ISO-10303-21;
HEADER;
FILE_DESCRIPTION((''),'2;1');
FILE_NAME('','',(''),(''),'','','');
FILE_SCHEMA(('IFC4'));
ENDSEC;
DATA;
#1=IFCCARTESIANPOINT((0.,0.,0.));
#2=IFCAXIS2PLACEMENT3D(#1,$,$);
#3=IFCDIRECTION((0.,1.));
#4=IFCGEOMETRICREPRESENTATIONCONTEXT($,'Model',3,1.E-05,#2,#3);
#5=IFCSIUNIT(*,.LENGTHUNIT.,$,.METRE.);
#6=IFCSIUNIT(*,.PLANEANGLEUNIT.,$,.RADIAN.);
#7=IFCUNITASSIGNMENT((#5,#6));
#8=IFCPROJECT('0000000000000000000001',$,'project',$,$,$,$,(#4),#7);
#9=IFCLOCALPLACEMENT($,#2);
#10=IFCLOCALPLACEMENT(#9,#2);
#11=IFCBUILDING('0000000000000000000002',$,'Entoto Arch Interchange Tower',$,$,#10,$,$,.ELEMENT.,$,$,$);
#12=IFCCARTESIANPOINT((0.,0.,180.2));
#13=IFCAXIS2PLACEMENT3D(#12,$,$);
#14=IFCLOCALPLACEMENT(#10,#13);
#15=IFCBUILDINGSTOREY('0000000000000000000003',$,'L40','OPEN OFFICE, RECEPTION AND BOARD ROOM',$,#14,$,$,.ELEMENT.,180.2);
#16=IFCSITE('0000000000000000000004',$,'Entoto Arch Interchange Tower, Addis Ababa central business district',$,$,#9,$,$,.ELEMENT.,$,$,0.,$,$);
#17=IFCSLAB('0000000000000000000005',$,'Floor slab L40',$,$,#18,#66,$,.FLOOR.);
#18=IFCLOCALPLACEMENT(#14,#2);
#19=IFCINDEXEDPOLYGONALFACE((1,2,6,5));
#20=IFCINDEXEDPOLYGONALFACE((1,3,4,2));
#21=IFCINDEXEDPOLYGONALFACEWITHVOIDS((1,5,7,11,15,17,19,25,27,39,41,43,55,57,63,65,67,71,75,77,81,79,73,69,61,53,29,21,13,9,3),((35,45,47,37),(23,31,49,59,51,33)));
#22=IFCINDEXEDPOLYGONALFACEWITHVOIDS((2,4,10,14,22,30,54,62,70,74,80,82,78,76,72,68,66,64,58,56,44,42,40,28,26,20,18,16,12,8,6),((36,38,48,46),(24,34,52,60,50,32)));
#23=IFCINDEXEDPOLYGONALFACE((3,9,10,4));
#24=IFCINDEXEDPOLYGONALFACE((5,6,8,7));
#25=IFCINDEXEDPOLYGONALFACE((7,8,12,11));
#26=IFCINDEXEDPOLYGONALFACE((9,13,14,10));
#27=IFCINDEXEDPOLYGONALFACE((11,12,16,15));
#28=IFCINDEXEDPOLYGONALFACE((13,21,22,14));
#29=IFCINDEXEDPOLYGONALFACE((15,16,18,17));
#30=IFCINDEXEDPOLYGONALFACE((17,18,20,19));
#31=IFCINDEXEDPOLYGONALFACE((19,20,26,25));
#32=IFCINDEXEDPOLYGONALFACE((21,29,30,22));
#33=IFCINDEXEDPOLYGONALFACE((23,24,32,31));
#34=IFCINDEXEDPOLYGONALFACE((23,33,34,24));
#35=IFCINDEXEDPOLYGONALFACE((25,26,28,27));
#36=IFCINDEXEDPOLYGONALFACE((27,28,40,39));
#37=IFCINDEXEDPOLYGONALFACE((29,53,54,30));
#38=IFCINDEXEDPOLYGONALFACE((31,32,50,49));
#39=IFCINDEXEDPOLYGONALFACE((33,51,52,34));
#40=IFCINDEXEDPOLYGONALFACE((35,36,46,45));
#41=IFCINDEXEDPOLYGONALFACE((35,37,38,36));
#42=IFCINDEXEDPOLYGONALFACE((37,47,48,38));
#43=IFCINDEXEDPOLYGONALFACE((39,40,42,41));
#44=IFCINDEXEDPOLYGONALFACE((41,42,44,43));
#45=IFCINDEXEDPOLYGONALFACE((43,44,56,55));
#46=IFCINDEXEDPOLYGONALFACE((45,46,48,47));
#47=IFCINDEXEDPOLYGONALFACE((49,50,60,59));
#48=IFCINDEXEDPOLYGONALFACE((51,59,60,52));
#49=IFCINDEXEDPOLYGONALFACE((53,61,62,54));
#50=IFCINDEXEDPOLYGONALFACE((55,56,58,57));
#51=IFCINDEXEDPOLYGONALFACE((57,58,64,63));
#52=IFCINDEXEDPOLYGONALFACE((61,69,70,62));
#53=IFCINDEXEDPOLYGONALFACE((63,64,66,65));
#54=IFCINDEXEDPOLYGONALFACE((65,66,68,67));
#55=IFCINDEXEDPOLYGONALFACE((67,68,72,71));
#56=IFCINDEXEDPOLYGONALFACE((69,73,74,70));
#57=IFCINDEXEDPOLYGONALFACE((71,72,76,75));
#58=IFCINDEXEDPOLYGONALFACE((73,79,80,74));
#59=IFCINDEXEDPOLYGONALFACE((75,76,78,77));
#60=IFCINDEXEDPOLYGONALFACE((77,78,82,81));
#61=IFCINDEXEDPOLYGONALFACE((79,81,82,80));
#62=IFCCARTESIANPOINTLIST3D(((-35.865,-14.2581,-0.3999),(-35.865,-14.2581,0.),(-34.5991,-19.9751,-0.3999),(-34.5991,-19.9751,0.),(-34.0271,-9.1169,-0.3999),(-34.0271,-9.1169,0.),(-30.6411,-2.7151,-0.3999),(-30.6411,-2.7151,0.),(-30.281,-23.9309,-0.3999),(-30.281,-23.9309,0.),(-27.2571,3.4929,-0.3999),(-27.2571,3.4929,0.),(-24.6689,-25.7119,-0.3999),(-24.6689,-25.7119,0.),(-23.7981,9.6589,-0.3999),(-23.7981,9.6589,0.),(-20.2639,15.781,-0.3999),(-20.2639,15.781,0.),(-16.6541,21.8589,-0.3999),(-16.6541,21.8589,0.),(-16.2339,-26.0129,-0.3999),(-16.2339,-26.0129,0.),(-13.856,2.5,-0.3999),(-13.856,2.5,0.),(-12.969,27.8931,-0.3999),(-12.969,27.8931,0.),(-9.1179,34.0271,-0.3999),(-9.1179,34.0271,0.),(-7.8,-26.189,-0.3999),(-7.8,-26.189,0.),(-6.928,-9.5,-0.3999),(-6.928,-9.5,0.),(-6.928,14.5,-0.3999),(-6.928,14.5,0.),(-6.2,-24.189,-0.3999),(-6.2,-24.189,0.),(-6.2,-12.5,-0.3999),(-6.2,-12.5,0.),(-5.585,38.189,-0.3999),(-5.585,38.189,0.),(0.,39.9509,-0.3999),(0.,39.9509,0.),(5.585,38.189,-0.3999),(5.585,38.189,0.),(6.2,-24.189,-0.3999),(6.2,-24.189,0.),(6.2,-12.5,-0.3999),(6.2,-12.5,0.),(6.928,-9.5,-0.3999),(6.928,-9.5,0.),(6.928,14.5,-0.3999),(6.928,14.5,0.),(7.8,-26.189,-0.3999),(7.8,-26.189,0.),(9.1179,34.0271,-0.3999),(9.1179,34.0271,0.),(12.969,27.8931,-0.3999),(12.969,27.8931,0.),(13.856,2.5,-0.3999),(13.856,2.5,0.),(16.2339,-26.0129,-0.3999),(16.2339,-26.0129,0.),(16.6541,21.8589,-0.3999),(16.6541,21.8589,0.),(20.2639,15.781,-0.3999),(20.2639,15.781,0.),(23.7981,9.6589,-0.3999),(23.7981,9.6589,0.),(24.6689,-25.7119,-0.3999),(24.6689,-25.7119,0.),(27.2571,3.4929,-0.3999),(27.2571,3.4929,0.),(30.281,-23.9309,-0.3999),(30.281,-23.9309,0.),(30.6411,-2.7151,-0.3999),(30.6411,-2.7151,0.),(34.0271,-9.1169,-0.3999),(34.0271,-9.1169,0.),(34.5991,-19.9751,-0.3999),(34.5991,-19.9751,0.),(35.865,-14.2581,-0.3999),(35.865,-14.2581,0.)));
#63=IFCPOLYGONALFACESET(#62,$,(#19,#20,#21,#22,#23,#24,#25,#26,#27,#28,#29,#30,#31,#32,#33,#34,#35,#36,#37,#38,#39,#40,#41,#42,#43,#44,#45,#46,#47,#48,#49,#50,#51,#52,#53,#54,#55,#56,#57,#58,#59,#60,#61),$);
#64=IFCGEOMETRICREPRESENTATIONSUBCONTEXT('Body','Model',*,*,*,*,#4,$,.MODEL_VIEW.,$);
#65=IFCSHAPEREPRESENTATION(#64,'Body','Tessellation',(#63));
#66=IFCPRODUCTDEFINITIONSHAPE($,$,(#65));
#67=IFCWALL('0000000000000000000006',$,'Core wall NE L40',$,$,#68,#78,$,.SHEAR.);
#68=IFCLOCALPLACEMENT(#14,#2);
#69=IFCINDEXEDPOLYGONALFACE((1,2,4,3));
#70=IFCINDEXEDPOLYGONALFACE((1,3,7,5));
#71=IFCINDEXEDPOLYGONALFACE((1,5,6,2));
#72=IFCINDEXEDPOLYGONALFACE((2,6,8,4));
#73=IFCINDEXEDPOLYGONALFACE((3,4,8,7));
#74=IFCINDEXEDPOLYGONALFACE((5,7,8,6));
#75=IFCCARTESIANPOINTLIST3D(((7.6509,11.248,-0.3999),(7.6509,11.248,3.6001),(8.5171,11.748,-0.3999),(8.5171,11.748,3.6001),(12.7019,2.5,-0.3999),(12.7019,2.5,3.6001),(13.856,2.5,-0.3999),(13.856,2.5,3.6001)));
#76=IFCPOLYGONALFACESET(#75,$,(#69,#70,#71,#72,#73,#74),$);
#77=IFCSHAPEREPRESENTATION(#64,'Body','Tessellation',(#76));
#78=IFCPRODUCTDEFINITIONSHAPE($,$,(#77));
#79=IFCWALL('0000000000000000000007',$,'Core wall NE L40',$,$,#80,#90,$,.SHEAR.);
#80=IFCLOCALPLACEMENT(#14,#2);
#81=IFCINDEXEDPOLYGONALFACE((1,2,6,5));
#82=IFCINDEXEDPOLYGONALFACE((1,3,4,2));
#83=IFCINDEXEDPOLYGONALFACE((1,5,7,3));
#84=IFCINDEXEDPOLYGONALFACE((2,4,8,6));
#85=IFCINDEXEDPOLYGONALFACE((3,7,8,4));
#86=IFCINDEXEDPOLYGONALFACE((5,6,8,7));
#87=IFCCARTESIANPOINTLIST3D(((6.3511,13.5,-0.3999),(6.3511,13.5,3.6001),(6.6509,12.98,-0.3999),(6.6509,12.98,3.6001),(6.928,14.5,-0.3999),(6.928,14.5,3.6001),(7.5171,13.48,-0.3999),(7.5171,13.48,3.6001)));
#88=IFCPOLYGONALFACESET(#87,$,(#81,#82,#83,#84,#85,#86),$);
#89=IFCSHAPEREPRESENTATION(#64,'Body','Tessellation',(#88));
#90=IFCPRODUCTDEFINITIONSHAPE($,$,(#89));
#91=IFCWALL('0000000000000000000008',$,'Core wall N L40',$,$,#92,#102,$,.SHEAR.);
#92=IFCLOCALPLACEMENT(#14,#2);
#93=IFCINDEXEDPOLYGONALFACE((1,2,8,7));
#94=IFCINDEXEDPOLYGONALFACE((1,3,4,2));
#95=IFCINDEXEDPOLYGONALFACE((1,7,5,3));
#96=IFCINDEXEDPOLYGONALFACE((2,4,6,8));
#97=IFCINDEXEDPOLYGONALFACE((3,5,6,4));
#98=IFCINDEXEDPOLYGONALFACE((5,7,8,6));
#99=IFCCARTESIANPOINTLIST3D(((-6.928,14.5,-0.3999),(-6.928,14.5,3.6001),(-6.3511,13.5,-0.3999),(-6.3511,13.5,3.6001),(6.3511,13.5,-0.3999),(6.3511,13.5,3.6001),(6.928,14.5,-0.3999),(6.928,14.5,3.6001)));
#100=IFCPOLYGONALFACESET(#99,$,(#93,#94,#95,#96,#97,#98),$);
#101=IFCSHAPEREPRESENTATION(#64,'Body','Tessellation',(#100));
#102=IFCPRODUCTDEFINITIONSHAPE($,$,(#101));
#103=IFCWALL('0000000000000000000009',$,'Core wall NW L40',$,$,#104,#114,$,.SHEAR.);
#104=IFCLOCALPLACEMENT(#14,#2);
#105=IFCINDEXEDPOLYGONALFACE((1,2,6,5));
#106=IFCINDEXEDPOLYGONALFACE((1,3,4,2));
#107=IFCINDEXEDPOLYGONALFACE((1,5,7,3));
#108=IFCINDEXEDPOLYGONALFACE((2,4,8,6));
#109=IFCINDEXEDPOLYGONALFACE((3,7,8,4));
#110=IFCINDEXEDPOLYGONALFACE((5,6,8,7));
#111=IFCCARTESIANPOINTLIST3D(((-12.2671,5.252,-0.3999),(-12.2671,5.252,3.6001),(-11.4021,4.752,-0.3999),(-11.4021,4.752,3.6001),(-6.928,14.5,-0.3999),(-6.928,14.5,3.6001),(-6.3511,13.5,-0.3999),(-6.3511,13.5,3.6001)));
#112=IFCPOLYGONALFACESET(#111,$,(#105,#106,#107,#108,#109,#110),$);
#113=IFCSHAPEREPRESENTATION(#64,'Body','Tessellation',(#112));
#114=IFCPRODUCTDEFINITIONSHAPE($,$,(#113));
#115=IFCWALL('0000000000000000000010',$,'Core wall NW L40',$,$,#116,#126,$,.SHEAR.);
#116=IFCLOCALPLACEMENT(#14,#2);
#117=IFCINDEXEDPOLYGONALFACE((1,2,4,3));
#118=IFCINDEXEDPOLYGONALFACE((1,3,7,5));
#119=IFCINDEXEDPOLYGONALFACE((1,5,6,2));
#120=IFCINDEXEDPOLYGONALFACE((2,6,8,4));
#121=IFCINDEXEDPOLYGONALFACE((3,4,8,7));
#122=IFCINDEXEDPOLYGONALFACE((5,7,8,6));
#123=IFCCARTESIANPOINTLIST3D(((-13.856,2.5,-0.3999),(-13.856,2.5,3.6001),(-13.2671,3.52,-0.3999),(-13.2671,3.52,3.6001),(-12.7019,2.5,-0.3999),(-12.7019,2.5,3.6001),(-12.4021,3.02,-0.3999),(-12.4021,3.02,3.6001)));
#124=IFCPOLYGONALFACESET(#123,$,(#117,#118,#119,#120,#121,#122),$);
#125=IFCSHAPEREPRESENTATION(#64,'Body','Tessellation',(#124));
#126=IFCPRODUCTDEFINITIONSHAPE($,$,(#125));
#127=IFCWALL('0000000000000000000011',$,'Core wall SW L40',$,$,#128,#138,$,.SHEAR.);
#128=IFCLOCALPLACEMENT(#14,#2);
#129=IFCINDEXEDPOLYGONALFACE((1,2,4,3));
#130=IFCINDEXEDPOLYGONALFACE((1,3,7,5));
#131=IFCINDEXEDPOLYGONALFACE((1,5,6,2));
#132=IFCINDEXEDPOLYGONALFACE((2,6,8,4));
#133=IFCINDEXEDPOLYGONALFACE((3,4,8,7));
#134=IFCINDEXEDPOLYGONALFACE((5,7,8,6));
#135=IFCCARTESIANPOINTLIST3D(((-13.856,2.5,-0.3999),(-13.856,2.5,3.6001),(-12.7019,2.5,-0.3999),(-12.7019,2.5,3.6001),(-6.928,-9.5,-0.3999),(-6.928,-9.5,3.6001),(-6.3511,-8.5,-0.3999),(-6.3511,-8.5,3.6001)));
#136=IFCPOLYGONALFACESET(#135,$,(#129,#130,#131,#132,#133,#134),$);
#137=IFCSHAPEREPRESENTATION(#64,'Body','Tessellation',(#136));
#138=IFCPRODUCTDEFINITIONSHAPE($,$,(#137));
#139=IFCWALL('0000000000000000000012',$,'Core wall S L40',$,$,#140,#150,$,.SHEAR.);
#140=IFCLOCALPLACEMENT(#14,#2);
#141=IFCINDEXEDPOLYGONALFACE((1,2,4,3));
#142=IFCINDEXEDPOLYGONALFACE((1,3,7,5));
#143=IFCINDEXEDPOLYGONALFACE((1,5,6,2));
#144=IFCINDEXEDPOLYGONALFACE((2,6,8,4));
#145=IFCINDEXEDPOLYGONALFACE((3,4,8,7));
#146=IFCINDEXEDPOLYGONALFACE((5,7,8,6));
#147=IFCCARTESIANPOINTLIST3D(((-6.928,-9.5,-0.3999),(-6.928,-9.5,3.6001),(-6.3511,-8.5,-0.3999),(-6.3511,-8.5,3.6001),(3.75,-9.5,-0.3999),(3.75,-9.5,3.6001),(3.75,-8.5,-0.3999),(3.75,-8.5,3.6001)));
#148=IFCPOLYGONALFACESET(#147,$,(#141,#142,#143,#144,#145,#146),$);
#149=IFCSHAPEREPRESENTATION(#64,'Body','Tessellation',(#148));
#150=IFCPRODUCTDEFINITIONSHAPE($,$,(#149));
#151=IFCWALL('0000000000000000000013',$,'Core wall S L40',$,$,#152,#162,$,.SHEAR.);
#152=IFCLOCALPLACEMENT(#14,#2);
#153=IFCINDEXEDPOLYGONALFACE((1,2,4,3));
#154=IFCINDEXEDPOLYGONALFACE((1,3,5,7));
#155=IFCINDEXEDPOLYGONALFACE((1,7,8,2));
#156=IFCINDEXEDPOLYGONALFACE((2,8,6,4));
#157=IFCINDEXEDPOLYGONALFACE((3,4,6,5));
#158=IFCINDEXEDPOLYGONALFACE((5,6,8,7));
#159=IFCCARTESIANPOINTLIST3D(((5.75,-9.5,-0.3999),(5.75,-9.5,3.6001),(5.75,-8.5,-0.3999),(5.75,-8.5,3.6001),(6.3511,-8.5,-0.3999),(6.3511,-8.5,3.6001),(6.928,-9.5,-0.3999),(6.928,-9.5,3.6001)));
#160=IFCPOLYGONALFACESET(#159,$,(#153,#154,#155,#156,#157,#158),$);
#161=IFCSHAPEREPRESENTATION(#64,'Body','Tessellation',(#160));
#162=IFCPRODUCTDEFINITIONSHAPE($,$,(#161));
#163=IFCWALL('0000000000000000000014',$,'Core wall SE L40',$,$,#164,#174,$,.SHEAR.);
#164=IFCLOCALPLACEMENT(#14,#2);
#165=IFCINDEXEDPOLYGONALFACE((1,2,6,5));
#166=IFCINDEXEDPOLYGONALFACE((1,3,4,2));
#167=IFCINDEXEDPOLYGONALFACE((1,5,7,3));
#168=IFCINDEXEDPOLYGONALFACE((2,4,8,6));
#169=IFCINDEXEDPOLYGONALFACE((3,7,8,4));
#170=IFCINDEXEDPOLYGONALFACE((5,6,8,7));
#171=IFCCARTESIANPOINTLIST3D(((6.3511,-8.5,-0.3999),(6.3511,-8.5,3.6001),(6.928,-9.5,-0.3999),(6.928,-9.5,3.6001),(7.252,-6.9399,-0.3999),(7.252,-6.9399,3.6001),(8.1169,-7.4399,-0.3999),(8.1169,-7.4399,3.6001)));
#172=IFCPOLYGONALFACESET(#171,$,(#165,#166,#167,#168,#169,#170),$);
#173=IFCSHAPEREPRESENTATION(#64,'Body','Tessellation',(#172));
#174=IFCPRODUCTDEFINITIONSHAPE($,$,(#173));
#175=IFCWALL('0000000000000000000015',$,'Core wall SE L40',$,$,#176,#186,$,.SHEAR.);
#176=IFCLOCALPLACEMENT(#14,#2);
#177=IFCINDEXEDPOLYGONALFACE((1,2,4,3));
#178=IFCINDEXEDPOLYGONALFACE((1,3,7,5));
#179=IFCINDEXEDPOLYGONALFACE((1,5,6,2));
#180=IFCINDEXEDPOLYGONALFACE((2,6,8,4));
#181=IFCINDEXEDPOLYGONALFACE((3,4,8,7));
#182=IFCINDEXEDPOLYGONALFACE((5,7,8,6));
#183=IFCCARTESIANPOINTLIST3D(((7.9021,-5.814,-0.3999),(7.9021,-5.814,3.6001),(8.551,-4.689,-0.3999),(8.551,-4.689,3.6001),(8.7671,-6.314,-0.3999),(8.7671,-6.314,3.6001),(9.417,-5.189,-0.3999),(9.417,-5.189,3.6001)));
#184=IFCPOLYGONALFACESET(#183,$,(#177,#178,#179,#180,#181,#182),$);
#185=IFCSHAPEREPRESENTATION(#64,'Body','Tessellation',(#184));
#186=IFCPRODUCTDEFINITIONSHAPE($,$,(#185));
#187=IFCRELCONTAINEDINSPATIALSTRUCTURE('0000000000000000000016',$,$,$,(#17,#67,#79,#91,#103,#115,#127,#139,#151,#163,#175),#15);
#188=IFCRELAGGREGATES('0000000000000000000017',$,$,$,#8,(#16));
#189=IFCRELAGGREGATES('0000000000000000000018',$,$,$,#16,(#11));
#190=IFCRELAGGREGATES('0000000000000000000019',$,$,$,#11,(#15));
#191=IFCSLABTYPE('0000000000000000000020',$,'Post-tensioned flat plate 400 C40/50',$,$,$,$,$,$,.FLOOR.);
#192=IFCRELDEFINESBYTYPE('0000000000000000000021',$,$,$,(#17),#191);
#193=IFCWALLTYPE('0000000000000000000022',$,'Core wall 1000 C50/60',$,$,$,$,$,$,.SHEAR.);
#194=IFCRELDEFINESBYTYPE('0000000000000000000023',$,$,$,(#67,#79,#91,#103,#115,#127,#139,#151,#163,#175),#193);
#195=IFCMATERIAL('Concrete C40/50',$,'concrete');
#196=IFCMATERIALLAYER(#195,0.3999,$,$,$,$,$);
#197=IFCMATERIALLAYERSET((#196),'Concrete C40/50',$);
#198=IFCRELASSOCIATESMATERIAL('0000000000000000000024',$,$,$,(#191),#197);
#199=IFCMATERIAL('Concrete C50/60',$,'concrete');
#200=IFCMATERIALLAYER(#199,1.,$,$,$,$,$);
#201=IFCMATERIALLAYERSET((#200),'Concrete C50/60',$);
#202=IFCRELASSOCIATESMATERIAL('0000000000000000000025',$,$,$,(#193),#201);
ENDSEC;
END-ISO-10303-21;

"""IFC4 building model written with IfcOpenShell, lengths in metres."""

from ifc_helpers import new_model, si_unit, direction, frame, origin, place, context, subcontext, project, spatial, polyline, outline, extrude, material, layer, layer_set, type_object, element, save


model = new_model("IFC4")

# Units and contexts
model_context = context("Model", 3, precision=1e-05, world=origin(), true_north=direction((0.0, 1.0)))
body_context = subcontext(model_context, "Body", "Model", "MODEL_VIEW")
ifc_project = project(units=[si_unit("LENGTHUNIT", "METRE"), si_unit("PLANEANGLEUNIT", "RADIAN")], contexts=[model_context])

# Site, building, storey
site_placement = place(None, origin())
site = spatial("IfcSite", under=ifc_project, at=site_placement, Name="Entoto Arch Interchange Tower, Addis Ababa central business district", CompositionType="ELEMENT", RefElevation=0.0)
building_placement = place(site_placement, origin())
building = spatial("IfcBuilding", under=site, at=building_placement, Name="Entoto Arch Interchange Tower", CompositionType="ELEMENT")
storey_placement = place(building_placement, frame((0.0, 0.0, 180.2)))
storey = spatial("IfcBuildingStorey", under=building, at=storey_placement, Name="L40", Description="OPEN OFFICE, RECEPTION AND BOARD ROOM", CompositionType="ELEMENT", Elevation=180.2)

# Slab
ifc_material_1 = material(Name="Concrete C40/50", Category="concrete")
ifc_layer_1 = layer(ifc_material_1, 0.3999)
ifc_layer_set_1 = layer_set([ifc_layer_1], Name="Concrete C40/50")
slab_type = type_object("IfcSlabType", Name="Post-tensioned flat plate 400 C40/50", PredefinedType="FLOOR", material=ifc_layer_set_1)
slab_placement = place(storey_placement, frame((0.0, 0.0, -0.3999)))
element("IfcSlab", 1, at=slab_placement, inside=storey, type_object=slab_type, Name="Floor slab L40", PredefinedType="FLOOR", context=body_context, shape_type="SweptSolid", body=[
    extrude(outline(polyline([(-24.6689, -25.7119), (-16.2339, -26.0129), (-7.8, -26.189), (7.8, -26.189), (16.2339, -26.0129), (24.6689, -25.7119), (30.281, -23.9309), (34.5991, -19.9751), (35.865, -14.2581), (34.0271, -9.1169), (30.6411, -2.7151), (27.2571, 3.4929), (23.7981, 9.6589), (20.2639, 15.781), (16.6541, 21.8589), (12.969, 27.8931), (9.1179, 34.0271), (5.585, 38.189), (0.0, 39.9509), (-5.585, 38.189), (-9.1179, 34.0271), (-12.969, 27.8931), (-16.6541, 21.8589), (-20.2639, 15.781), (-23.7981, 9.6589), (-27.2571, 3.4929), (-30.6411, -2.7151), (-34.0271, -9.1169), (-35.865, -14.2581), (-34.5991, -19.9751), (-30.281, -23.9309), (-24.6689, -25.7119)]), holes=[polyline([(6.2, -24.189), (6.2, -12.5), (-6.2, -12.5), (-6.2, -24.189), (6.2, -24.189)]), polyline([(13.856, 2.5), (6.928, 14.5), (-6.928, 14.5), (-13.856, 2.5), (-6.928, -9.5), (6.928, -9.5), (13.856, 2.5)])]), origin(), (0.0, 0.0, 1.0), 0.3999),
])

# Walls
ifc_material_2 = material(Name="Concrete C50/60", Category="concrete")
ifc_layer_2 = layer(ifc_material_2, 1.0)
ifc_layer_set_2 = layer_set([ifc_layer_2], Name="Concrete C50/60")
wall_type_1 = type_object("IfcWallType", Name="Core wall 1000 C50/60", PredefinedType="SHEAR", material=ifc_layer_set_2)
wall_1_placement = place(storey_placement, frame((0.0, 0.0, -0.3999)))
element("IfcWall", 2, at=wall_1_placement, inside=storey, type_object=wall_type_1, Name="Core wall NE L40", PredefinedType="SHEAR", context=body_context, shape_type="SweptSolid", body=[
    extrude(outline(polyline([(8.5171, 11.748), (7.6509, 11.248), (12.7019, 2.5), (13.856, 2.5), (8.5171, 11.748)])), origin(), (0.0, 0.0, 1.0), 4.0),
])
wall_2_placement = place(storey_placement, frame((0.0, 0.0, -0.3999)))
element("IfcWall", 3, at=wall_2_placement, inside=storey, type_object=wall_type_1, Name="Core wall NE L40", PredefinedType="SHEAR", context=body_context, shape_type="SweptSolid", body=[
    extrude(outline(polyline([(6.6509, 12.98), (7.5171, 13.48), (6.928, 14.5), (6.3511, 13.5), (6.6509, 12.98)])), origin(), (0.0, 0.0, 1.0), 4.0),
])
wall_3_placement = place(storey_placement, frame((0.0, 0.0, -0.3999)))
element("IfcWall", 4, at=wall_3_placement, inside=storey, type_object=wall_type_1, Name="Core wall N L40", PredefinedType="SHEAR", context=body_context, shape_type="SweptSolid", body=[
    extrude(outline(polyline([(6.928, 14.5), (-6.928, 14.5), (-6.3511, 13.5), (6.3511, 13.5), (6.928, 14.5)])), origin(), (0.0, 0.0, 1.0), 4.0),
])
wall_4_placement = place(storey_placement, frame((0.0, 0.0, -0.3999)))
element("IfcWall", 5, at=wall_4_placement, inside=storey, type_object=wall_type_1, Name="Core wall NW L40", PredefinedType="SHEAR", context=body_context, shape_type="SweptSolid", body=[
    extrude(outline(polyline([(-12.2671, 5.252), (-11.4021, 4.752), (-6.3511, 13.5), (-6.928, 14.5), (-12.2671, 5.252)])), origin(), (0.0, 0.0, 1.0), 4.0),
])
wall_5_placement = place(storey_placement, frame((0.0, 0.0, -0.3999)))
element("IfcWall", 6, at=wall_5_placement, inside=storey, type_object=wall_type_1, Name="Core wall NW L40", PredefinedType="SHEAR", context=body_context, shape_type="SweptSolid", body=[
    extrude(outline(polyline([(-12.4021, 3.02), (-13.2671, 3.52), (-13.856, 2.5), (-12.7019, 2.5), (-12.4021, 3.02)])), origin(), (0.0, 0.0, 1.0), 4.0),
])
wall_6_placement = place(storey_placement, frame((0.0, 0.0, -0.3999)))
element("IfcWall", 7, at=wall_6_placement, inside=storey, type_object=wall_type_1, Name="Core wall SW L40", PredefinedType="SHEAR", context=body_context, shape_type="SweptSolid", body=[
    extrude(outline(polyline([(-13.856, 2.5), (-6.928, -9.5), (-6.3511, -8.5), (-12.7019, 2.5), (-13.856, 2.5)])), origin(), (0.0, 0.0, 1.0), 4.0),
])
wall_7_placement = place(storey_placement, frame((0.0, 0.0, -0.3999)))
element("IfcWall", 8, at=wall_7_placement, inside=storey, type_object=wall_type_1, Name="Core wall S L40", PredefinedType="SHEAR", context=body_context, shape_type="SweptSolid", body=[
    extrude(outline(polyline([(3.75, -9.5), (3.75, -8.5), (-6.3511, -8.5), (-6.928, -9.5), (3.75, -9.5)])), origin(), (0.0, 0.0, 1.0), 4.0),
])
wall_8_placement = place(storey_placement, frame((0.0, 0.0, -0.3999)))
element("IfcWall", 9, at=wall_8_placement, inside=storey, type_object=wall_type_1, Name="Core wall S L40", PredefinedType="SHEAR", context=body_context, shape_type="SweptSolid", body=[
    extrude(outline(polyline([(5.75, -8.5), (5.75, -9.5), (6.928, -9.5), (6.3511, -8.5), (5.75, -8.5)])), origin(), (0.0, 0.0, 1.0), 4.0),
])
wall_9_placement = place(storey_placement, frame((0.0, 0.0, -0.3999)))
element("IfcWall", 10, at=wall_9_placement, inside=storey, type_object=wall_type_1, Name="Core wall SE L40", PredefinedType="SHEAR", context=body_context, shape_type="SweptSolid", body=[
    extrude(outline(polyline([(8.1169, -7.4399), (7.252, -6.9399), (6.3511, -8.5), (6.928, -9.5), (8.1169, -7.4399)])), origin(), (0.0, 0.0, 1.0), 4.0),
])
wall_10_placement = place(storey_placement, frame((0.0, 0.0, -0.3999)))
element("IfcWall", 11, at=wall_10_placement, inside=storey, type_object=wall_type_1, Name="Core wall SE L40", PredefinedType="SHEAR", context=body_context, shape_type="SweptSolid", body=[
    extrude(outline(polyline([(9.417, -5.189), (8.551, -4.689), (7.9021, -5.814), (8.7671, -6.314), (9.417, -5.189)])), origin(), (0.0, 0.0, 1.0), 4.0),
])

save(model, "model.ifc")
